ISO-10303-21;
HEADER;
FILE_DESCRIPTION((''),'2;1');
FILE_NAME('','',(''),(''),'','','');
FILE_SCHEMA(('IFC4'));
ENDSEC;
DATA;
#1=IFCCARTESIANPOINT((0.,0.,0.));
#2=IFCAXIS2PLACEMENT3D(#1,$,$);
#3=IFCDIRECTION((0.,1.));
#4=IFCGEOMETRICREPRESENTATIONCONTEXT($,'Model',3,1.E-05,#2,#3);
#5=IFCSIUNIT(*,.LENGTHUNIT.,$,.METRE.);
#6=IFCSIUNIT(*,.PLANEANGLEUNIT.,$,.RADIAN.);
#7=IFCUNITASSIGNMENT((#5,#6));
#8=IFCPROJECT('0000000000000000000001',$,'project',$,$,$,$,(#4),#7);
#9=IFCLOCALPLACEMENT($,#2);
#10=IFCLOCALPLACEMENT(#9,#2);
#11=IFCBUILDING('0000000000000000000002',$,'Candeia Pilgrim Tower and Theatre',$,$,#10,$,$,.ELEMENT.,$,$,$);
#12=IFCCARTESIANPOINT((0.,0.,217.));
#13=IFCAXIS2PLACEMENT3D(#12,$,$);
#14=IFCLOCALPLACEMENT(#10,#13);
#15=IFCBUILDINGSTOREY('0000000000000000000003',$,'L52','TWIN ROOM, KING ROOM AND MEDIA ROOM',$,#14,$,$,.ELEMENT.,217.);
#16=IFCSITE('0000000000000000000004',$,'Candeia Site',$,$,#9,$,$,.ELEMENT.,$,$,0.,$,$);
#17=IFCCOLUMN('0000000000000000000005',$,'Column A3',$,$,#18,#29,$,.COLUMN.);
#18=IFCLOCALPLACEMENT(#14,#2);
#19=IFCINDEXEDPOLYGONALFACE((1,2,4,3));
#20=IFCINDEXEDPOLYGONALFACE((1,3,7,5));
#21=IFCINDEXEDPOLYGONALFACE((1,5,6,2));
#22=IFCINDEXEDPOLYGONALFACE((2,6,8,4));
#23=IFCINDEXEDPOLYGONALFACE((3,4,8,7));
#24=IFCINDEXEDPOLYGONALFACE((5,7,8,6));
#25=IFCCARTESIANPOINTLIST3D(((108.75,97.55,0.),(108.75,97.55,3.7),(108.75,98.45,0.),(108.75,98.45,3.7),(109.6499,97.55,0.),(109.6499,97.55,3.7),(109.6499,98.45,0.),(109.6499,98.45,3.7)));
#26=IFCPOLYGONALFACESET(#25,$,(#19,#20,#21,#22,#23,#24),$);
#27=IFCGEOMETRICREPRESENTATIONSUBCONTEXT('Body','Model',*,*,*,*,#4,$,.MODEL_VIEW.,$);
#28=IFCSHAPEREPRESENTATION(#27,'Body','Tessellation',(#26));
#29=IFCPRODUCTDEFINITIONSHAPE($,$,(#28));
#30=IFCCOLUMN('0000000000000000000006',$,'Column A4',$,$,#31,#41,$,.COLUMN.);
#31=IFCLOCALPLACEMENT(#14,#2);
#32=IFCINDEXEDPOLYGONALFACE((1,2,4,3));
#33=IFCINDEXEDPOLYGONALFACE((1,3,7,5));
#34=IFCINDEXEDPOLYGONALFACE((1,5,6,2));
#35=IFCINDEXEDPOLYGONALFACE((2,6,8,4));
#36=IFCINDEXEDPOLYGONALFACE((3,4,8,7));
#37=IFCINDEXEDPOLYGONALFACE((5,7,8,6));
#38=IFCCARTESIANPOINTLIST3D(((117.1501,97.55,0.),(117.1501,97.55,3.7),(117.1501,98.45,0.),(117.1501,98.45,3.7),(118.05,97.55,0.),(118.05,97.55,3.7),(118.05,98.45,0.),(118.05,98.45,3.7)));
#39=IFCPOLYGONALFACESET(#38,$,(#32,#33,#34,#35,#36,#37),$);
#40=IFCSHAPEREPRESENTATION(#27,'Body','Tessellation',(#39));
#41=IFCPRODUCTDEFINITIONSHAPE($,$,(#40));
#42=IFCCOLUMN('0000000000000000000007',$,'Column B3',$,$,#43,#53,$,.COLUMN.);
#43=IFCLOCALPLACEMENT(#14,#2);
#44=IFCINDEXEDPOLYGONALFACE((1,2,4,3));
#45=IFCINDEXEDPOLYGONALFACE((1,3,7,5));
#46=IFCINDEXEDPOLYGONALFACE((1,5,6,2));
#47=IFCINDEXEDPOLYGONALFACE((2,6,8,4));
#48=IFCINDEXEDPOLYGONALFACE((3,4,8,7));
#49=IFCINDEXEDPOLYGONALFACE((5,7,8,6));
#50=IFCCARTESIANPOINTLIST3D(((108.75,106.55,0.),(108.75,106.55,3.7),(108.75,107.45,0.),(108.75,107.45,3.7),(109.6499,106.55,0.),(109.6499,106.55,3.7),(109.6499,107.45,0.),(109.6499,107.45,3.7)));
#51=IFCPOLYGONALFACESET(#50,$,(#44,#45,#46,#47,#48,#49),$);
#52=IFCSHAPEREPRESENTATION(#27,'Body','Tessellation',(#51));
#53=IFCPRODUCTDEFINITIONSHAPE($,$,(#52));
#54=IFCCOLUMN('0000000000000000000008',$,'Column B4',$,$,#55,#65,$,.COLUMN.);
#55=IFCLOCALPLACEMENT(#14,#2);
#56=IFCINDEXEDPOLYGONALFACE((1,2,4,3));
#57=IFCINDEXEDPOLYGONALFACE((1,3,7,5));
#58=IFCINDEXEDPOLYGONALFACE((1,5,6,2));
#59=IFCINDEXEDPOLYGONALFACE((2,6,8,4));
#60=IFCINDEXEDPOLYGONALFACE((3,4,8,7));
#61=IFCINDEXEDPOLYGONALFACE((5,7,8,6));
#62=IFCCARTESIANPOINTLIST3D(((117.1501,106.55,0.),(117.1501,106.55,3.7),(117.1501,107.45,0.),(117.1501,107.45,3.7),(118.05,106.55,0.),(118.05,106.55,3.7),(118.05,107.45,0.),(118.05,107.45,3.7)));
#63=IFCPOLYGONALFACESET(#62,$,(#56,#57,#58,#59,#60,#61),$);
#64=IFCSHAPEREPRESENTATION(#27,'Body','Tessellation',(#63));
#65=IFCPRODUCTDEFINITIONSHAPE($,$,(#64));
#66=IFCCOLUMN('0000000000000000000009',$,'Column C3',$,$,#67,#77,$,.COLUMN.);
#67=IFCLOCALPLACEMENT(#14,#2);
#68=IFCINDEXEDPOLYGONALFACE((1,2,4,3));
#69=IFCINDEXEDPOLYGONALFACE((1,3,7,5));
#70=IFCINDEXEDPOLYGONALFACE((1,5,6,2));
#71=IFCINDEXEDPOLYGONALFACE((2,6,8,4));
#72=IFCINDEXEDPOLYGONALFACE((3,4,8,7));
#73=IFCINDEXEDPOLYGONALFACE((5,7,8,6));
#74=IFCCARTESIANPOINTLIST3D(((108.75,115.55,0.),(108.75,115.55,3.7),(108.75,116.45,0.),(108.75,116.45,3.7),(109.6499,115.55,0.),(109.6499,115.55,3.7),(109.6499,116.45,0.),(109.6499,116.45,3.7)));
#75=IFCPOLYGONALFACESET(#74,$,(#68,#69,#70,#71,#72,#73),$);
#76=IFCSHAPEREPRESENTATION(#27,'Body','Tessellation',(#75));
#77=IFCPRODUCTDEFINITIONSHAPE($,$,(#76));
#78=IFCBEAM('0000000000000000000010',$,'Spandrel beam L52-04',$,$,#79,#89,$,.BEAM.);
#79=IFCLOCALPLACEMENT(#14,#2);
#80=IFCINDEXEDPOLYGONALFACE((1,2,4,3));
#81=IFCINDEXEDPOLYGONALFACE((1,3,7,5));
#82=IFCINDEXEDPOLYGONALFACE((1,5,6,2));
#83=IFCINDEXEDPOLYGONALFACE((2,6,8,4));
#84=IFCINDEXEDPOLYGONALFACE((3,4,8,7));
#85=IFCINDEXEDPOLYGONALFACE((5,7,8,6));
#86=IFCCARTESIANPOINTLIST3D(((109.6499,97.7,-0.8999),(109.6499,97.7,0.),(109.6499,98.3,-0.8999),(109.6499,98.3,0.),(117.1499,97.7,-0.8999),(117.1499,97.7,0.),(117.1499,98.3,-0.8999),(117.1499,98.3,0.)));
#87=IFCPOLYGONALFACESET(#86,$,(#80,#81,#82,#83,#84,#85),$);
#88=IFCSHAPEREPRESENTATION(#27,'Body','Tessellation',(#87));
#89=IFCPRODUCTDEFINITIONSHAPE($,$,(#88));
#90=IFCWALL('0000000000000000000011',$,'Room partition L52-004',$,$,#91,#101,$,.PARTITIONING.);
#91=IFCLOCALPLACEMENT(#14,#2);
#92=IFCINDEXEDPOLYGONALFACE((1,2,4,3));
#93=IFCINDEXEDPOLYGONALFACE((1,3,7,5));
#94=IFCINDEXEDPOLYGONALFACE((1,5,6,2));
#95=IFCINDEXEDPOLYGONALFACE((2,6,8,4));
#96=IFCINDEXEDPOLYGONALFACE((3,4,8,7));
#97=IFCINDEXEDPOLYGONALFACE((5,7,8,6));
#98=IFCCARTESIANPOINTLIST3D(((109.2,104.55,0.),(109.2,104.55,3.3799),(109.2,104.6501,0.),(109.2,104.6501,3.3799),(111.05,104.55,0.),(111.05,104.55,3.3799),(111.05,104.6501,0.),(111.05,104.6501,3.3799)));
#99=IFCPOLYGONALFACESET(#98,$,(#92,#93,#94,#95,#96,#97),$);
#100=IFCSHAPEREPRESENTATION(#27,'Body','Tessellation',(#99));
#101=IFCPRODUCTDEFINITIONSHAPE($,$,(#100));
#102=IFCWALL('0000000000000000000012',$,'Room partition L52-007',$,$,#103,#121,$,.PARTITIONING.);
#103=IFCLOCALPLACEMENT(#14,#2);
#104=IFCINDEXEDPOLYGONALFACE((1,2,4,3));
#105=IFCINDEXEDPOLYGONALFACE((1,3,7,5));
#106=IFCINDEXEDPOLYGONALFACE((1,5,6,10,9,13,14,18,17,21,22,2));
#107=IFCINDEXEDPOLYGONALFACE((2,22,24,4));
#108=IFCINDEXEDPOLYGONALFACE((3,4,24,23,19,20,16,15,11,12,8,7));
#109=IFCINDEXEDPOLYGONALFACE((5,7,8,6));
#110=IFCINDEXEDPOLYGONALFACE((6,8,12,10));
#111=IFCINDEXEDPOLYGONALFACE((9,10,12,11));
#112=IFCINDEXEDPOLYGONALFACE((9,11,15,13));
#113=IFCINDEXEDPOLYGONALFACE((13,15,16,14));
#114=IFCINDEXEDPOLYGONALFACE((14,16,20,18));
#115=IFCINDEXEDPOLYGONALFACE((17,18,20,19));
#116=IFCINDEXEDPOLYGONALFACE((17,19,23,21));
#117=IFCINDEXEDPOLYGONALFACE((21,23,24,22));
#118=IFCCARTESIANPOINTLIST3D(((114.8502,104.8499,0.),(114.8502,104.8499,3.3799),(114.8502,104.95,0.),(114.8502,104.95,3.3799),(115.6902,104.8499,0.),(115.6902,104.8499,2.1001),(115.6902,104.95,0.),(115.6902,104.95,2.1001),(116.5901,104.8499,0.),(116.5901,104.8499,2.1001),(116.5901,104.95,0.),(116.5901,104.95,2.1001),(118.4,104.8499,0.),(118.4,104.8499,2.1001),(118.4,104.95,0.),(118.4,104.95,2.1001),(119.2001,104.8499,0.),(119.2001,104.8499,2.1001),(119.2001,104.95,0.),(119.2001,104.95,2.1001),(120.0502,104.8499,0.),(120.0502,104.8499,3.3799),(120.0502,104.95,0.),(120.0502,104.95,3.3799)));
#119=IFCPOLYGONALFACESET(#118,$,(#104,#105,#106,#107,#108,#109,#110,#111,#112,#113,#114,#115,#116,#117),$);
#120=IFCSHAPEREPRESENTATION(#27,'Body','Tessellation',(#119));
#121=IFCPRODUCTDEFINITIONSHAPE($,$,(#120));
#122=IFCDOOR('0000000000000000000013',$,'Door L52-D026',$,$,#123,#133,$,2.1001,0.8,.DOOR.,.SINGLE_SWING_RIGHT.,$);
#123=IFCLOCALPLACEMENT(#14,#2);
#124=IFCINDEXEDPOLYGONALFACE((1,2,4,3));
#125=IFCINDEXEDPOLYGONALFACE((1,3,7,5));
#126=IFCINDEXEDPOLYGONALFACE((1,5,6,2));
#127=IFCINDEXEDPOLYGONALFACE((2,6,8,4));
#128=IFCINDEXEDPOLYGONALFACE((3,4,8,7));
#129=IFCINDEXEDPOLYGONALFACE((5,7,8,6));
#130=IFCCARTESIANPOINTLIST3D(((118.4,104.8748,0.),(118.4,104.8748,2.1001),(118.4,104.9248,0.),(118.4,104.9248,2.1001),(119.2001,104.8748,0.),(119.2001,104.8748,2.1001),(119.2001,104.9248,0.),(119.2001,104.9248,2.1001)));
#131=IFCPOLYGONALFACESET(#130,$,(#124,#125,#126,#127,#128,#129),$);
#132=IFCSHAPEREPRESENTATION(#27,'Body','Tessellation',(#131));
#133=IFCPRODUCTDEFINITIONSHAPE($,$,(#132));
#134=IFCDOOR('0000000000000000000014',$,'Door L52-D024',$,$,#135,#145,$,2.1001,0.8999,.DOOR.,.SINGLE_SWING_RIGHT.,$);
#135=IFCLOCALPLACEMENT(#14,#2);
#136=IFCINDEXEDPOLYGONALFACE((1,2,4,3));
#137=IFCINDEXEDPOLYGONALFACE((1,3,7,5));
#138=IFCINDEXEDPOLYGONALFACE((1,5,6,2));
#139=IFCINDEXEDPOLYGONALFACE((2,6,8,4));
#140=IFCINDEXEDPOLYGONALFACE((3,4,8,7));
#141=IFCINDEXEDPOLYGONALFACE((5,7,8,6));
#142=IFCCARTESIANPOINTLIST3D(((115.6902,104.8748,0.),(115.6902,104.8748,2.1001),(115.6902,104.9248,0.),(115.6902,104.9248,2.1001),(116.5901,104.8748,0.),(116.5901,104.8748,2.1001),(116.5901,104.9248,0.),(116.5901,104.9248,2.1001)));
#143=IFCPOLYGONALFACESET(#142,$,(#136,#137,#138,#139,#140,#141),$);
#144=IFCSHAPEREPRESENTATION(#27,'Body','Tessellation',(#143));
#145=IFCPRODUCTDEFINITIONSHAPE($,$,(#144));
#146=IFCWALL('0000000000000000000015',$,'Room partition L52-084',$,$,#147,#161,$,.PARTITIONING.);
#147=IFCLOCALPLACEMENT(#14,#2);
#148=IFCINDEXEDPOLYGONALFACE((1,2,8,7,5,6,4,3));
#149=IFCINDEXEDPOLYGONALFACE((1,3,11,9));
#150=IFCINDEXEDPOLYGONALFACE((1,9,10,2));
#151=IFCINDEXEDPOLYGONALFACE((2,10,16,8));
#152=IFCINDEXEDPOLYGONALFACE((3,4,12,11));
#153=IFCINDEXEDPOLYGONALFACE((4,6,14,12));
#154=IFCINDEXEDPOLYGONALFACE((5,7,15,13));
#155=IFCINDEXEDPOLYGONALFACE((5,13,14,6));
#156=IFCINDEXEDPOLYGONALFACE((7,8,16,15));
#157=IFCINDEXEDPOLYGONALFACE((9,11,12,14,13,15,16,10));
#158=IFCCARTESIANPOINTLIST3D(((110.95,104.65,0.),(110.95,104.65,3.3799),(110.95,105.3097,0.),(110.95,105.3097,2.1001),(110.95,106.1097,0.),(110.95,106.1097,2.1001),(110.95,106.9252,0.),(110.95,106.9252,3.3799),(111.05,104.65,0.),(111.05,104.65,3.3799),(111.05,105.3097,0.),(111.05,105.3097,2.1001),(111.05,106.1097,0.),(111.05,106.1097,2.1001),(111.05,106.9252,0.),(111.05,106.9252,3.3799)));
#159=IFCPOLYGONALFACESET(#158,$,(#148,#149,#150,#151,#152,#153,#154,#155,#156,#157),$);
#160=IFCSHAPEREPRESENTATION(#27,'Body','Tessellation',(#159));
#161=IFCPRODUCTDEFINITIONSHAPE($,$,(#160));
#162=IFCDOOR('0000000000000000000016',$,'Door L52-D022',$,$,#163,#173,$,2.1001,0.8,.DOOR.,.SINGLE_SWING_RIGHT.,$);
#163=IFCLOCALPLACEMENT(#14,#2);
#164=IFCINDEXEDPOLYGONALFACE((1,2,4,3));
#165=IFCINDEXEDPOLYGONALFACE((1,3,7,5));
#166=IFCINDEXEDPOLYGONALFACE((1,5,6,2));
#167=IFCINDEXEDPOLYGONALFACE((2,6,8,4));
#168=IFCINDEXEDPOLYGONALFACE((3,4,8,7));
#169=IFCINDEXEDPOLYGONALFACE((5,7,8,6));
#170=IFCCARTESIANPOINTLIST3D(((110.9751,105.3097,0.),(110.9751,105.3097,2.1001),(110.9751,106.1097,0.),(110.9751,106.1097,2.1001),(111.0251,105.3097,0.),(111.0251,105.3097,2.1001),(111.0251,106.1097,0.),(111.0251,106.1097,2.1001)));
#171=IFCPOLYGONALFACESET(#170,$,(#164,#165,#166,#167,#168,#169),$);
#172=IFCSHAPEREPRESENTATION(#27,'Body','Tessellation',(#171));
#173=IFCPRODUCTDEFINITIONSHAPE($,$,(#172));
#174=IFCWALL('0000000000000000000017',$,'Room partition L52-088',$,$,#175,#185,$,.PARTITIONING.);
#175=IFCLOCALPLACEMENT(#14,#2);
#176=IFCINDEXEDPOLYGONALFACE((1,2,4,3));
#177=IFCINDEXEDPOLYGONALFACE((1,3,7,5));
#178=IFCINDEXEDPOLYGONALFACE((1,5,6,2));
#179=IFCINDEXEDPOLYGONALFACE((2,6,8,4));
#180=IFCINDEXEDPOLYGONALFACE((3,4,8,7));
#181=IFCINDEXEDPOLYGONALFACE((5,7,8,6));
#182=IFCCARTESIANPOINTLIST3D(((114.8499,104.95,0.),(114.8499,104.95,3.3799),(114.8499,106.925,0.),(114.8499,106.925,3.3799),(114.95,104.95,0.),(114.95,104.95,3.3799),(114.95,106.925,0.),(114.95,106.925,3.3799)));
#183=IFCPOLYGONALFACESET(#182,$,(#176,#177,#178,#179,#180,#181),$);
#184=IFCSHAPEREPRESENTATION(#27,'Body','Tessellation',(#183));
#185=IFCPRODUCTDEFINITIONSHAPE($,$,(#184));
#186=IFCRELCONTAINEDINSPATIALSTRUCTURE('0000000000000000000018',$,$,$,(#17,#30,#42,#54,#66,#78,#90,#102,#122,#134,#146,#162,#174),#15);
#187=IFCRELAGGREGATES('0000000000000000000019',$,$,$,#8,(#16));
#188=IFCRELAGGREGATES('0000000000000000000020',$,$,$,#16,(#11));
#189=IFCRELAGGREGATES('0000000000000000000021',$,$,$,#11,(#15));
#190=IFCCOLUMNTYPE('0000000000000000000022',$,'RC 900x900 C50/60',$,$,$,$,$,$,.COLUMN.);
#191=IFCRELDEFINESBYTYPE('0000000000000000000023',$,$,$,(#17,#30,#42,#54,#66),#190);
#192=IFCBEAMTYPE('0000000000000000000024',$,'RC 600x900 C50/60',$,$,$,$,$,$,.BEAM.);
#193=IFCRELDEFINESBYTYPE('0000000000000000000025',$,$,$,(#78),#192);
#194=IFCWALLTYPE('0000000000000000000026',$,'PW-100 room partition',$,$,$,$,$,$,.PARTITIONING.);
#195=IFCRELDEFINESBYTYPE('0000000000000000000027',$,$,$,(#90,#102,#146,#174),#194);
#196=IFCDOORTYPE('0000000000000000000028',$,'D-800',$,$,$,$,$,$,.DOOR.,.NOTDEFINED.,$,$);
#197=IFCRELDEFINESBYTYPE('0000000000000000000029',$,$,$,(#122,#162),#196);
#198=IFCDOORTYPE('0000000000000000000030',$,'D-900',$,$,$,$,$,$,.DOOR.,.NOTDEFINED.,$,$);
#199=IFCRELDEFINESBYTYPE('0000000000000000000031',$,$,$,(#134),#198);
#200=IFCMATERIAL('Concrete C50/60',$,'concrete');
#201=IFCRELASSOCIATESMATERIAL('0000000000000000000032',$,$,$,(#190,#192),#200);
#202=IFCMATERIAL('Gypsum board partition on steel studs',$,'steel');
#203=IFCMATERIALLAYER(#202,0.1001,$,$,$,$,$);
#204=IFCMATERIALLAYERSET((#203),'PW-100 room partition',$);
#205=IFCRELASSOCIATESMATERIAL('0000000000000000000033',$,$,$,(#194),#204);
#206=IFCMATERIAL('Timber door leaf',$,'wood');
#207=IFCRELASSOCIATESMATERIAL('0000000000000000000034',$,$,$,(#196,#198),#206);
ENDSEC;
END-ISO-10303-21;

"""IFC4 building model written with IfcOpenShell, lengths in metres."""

from ifc_helpers import new_model, si_unit, direction, frame, frame_2d, origin, origin_2d, place, context, subcontext, project, spatial, rectangle, extrude, material, layer, layer_set, material_profile, profile_set, type_object, element, fill, save


model = new_model("IFC4")

# Units and contexts
model_context = context("Model", 3, precision=1e-05, world=origin(), true_north=direction((0.0, 1.0)))
body_context = subcontext(model_context, "Body", "Model", "MODEL_VIEW")
ifc_project = project(units=[si_unit("LENGTHUNIT", "METRE"), si_unit("PLANEANGLEUNIT", "RADIAN")], contexts=[model_context])

# Site, building, storey
site_placement = place(None, origin())
site = spatial("IfcSite", under=ifc_project, at=site_placement, Name="Candeia Site", CompositionType="ELEMENT", RefElevation=0.0)
building_placement = place(site_placement, origin())
building = spatial("IfcBuilding", under=site, at=building_placement, Name="Candeia Pilgrim Tower and Theatre", CompositionType="ELEMENT")
storey_placement = place(building_placement, frame((0.0, 0.0, 217.0)))
storey = spatial("IfcBuildingStorey", under=building, at=storey_placement, Name="L52", Description="TWIN ROOM, KING ROOM AND MEDIA ROOM", CompositionType="ELEMENT", Elevation=217.0)

# Columns
ifc_material_1 = material(Name="Concrete C50/60", Category="concrete")
ifc_material_profile_1 = material_profile(ifc_material_1, rectangle(XDim=0.8999, YDim=0.8999, at=origin_2d()))
ifc_profile_set_1 = profile_set([ifc_material_profile_1], Name="Concrete C50/60")
column_type = type_object("IfcColumnType", Name="RC 900x900 C50/60", PredefinedType="COLUMN", material=ifc_profile_set_1)
for number, where, z_axis, x_axis, name in (
    (1, (109.2, 98.0, 0.0), (0.0, 0.0, 1.0), (1.0, 0.0, 0.0), "Column A3"),
    (2, (117.6001, 98.0, 0.0), (0.0, 0.0, 1.0), (1.0, 0.0, 0.0), "Column A4"),
    (3, (109.2, 107.0, 0.0), (0.0, 0.0, 1.0), (1.0, 0.0, 0.0), "Column B3"),
    (4, (117.6001, 107.0, 0.0), (0.0, 0.0, 1.0), (1.0, 0.0, 0.0), "Column B4"),
    (5, (109.2, 116.0, 0.0), (0.0, 0.0, 1.0), (1.0, 0.0, 0.0), "Column C3"),
):
    element("IfcColumn", number, at=place(storey_placement, frame(where, z_axis=z_axis, x_axis=x_axis)), inside=storey, type_object=column_type, Name=name, PredefinedType="COLUMN", context=body_context, shape_type="SweptSolid", body=[
        extrude(rectangle(XDim=0.8999, YDim=0.8999, at=origin_2d()), origin(), (0.0, 0.0, 1.0), 3.7),
    ])

# Beam
ifc_material_profile_2 = material_profile(ifc_material_1, rectangle(XDim=0.6001, YDim=0.8999, at=origin_2d()))
ifc_profile_set_2 = profile_set([ifc_material_profile_2], Name="Concrete C50/60")
beam_type = type_object("IfcBeamType", Name="RC 600x900 C50/60", PredefinedType="BEAM", material=ifc_profile_set_2)
beam_placement = place(storey_placement, frame((109.6499, 98.0, -0.45), z_axis=(1.0, 0.0, 0.0), x_axis=(0.0, 1.0, 0.0)))
element("IfcBeam", 6, at=beam_placement, inside=storey, type_object=beam_type, Name="Spandrel beam L52-04", PredefinedType="BEAM", context=body_context, shape_type="SweptSolid", body=[
    extrude(rectangle(XDim=0.6001, YDim=0.8999, at=origin_2d()), origin(), (0.0, 0.0, 1.0), 7.5),
])

# Wall
ifc_material_2 = material(Name="Gypsum board partition on steel studs", Category="steel")
ifc_layer_1 = layer(ifc_material_2, 0.1001)
ifc_layer_set_1 = layer_set([ifc_layer_1], Name="PW-100 room partition")
wall_type_1 = type_object("IfcWallType", Name="PW-100 room partition", PredefinedType="PARTITIONING", material=ifc_layer_set_1)
wall_1_placement = place(storey_placement, frame((109.2, 104.6001, 0.0), z_axis=(0.0, 0.0, 1.0), x_axis=(1.0, 0.0, 0.0)))
element("IfcWall", 7, at=wall_1_placement, inside=storey, type_object=wall_type_1, Name="Room partition L52-004", PredefinedType="PARTITIONING", context=body_context, shape_type="SweptSolid", body=[
    extrude(rectangle(XDim=1.8501, YDim=0.1001, at=frame_2d((0.925, 0.0))), origin(), (0.0, 0.0, 1.0), 3.3799),
])

# Wall, openings, doors
wall_2_placement = place(storey_placement, frame((114.8501, 104.8999, 0.0), z_axis=(0.0, 0.0, 1.0), x_axis=(1.0, 0.0, 0.0)))
wall_2 = element("IfcWall", 8, at=wall_2_placement, inside=storey, type_object=wall_type_1, Name="Room partition L52-007", PredefinedType="PARTITIONING", context=body_context, shape_type="SweptSolid", body=[
    extrude(rectangle(XDim=5.2, YDim=0.1001, at=frame_2d((2.6001, 0.0))), origin(), (0.0, 0.0, 1.0), 3.3799),
])
opening_1_placement = place(wall_2_placement, frame((0.8401, 0.0, 0.0)))
opening_1 = element("IfcOpeningElement", 9, at=opening_1_placement, cuts=wall_2, PredefinedType="OPENING", context=body_context, shape_type="SweptSolid", body=[
    extrude(rectangle(XDim=0.8999, YDim=2.1001, at=frame_2d((0.45, 1.05))), frame((0.0, 0.0601, 0.0), z_axis=(0.0, -1.0, 0.0), x_axis=(1.0, 0.0, 0.0)), (0.0, 0.0, 1.0), 0.1201),
])
opening_2_placement = place(wall_2_placement, frame((3.55, 0.0, 0.0)))
opening_2 = element("IfcOpeningElement", 10, at=opening_2_placement, cuts=wall_2, PredefinedType="OPENING", context=body_context, shape_type="SweptSolid", body=[
    extrude(rectangle(XDim=0.8, YDim=2.1001, at=frame_2d((0.3999, 1.05))), frame((0.0, 0.0601, 0.0), z_axis=(0.0, -1.0, 0.0), x_axis=(1.0, 0.0, 0.0)), (0.0, 0.0, 1.0), 0.1201),
])
ifc_material_3 = material(Name="Timber door leaf", Category="wood")
door_type_1 = type_object("IfcDoorType", Name="D-800", OperationType="NOTDEFINED", PredefinedType="DOOR", material=ifc_material_3)
door_1_placement = place(opening_2_placement, origin())
door_1 = element("IfcDoor", 11, at=door_1_placement, inside=storey, type_object=door_type_1, Name="Door L52-D026", OperationType="SINGLE_SWING_RIGHT", OverallHeight=2.1001, OverallWidth=0.8, PredefinedType="DOOR", context=body_context, shape_type="SweptSolid", body=[
    extrude(rectangle(XDim=0.8, YDim=2.1001, at=frame_2d((0.3999, 1.05))), frame((0.0, 0.0249, 0.0), z_axis=(0.0, -1.0, 0.0), x_axis=(1.0, 0.0, 0.0)), (0.0, 0.0, 1.0), 0.05),
])
fill(opening_2, door_1)
door_type_2 = type_object("IfcDoorType", Name="D-900", OperationType="NOTDEFINED", PredefinedType="DOOR", material=ifc_material_3)
door_2_placement = place(opening_1_placement, origin())
door_2 = element("IfcDoor", 12, at=door_2_placement, inside=storey, type_object=door_type_2, Name="Door L52-D024", OperationType="SINGLE_SWING_RIGHT", OverallHeight=2.1001, OverallWidth=0.8999, PredefinedType="DOOR", context=body_context, shape_type="SweptSolid", body=[
    extrude(rectangle(XDim=0.8999, YDim=2.1001, at=frame_2d((0.45, 1.05))), frame((0.0, 0.0249, 0.0), z_axis=(0.0, -1.0, 0.0), x_axis=(1.0, 0.0, 0.0)), (0.0, 0.0, 1.0), 0.05),
])
fill(opening_1, door_2)

# Wall, opening, door
wall_3_placement = place(storey_placement, frame((111.0, 104.6499, 0.0), z_axis=(0.0, 0.0, 1.0), x_axis=(0.0, 1.0, 0.0)))
wall_3 = element("IfcWall", 13, at=wall_3_placement, inside=storey, type_object=wall_type_1, Name="Room partition L52-084", PredefinedType="PARTITIONING", context=body_context, shape_type="SweptSolid", body=[
    extrude(rectangle(XDim=2.2751, YDim=0.1001, at=frame_2d((1.1377, 0.0))), origin(), (0.0, 0.0, 1.0), 3.3799),
])
opening_3_placement = place(wall_3_placement, frame((0.6599, 0.0, 0.0)))
opening_3 = element("IfcOpeningElement", 14, at=opening_3_placement, cuts=wall_3, PredefinedType="OPENING", context=body_context, shape_type="SweptSolid", body=[
    extrude(rectangle(XDim=0.8, YDim=2.1001, at=frame_2d((0.3999, 1.05))), frame((0.0, 0.0601, 0.0), z_axis=(0.0, -1.0, 0.0), x_axis=(1.0, 0.0, 0.0)), (0.0, 0.0, 1.0), 0.1201),
])
door_3_placement = place(opening_3_placement, origin())
door_3 = element("IfcDoor", 15, at=door_3_placement, inside=storey, type_object=door_type_1, Name="Door L52-D022", OperationType="SINGLE_SWING_RIGHT", OverallHeight=2.1001, OverallWidth=0.8, PredefinedType="DOOR", context=body_context, shape_type="SweptSolid", body=[
    extrude(rectangle(XDim=0.8, YDim=2.1001, at=frame_2d((0.3999, 1.05))), frame((0.0, 0.0249, 0.0), z_axis=(0.0, -1.0, 0.0), x_axis=(1.0, 0.0, 0.0)), (0.0, 0.0, 1.0), 0.05),
])
fill(opening_3, door_3)

# Wall
wall_4_placement = place(storey_placement, frame((114.8999, 104.95, 0.0), z_axis=(0.0, 0.0, 1.0), x_axis=(0.0, 1.0, 0.0)))
element("IfcWall", 16, at=wall_4_placement, inside=storey, type_object=wall_type_1, Name="Room partition L52-088", PredefinedType="PARTITIONING", context=body_context, shape_type="SweptSolid", body=[
    extrude(rectangle(XDim=1.9751, YDim=0.1001, at=frame_2d((0.9875, 0.0))), origin(), (0.0, 0.0, 1.0), 3.3799),
])

save(model, "model.ifc")
